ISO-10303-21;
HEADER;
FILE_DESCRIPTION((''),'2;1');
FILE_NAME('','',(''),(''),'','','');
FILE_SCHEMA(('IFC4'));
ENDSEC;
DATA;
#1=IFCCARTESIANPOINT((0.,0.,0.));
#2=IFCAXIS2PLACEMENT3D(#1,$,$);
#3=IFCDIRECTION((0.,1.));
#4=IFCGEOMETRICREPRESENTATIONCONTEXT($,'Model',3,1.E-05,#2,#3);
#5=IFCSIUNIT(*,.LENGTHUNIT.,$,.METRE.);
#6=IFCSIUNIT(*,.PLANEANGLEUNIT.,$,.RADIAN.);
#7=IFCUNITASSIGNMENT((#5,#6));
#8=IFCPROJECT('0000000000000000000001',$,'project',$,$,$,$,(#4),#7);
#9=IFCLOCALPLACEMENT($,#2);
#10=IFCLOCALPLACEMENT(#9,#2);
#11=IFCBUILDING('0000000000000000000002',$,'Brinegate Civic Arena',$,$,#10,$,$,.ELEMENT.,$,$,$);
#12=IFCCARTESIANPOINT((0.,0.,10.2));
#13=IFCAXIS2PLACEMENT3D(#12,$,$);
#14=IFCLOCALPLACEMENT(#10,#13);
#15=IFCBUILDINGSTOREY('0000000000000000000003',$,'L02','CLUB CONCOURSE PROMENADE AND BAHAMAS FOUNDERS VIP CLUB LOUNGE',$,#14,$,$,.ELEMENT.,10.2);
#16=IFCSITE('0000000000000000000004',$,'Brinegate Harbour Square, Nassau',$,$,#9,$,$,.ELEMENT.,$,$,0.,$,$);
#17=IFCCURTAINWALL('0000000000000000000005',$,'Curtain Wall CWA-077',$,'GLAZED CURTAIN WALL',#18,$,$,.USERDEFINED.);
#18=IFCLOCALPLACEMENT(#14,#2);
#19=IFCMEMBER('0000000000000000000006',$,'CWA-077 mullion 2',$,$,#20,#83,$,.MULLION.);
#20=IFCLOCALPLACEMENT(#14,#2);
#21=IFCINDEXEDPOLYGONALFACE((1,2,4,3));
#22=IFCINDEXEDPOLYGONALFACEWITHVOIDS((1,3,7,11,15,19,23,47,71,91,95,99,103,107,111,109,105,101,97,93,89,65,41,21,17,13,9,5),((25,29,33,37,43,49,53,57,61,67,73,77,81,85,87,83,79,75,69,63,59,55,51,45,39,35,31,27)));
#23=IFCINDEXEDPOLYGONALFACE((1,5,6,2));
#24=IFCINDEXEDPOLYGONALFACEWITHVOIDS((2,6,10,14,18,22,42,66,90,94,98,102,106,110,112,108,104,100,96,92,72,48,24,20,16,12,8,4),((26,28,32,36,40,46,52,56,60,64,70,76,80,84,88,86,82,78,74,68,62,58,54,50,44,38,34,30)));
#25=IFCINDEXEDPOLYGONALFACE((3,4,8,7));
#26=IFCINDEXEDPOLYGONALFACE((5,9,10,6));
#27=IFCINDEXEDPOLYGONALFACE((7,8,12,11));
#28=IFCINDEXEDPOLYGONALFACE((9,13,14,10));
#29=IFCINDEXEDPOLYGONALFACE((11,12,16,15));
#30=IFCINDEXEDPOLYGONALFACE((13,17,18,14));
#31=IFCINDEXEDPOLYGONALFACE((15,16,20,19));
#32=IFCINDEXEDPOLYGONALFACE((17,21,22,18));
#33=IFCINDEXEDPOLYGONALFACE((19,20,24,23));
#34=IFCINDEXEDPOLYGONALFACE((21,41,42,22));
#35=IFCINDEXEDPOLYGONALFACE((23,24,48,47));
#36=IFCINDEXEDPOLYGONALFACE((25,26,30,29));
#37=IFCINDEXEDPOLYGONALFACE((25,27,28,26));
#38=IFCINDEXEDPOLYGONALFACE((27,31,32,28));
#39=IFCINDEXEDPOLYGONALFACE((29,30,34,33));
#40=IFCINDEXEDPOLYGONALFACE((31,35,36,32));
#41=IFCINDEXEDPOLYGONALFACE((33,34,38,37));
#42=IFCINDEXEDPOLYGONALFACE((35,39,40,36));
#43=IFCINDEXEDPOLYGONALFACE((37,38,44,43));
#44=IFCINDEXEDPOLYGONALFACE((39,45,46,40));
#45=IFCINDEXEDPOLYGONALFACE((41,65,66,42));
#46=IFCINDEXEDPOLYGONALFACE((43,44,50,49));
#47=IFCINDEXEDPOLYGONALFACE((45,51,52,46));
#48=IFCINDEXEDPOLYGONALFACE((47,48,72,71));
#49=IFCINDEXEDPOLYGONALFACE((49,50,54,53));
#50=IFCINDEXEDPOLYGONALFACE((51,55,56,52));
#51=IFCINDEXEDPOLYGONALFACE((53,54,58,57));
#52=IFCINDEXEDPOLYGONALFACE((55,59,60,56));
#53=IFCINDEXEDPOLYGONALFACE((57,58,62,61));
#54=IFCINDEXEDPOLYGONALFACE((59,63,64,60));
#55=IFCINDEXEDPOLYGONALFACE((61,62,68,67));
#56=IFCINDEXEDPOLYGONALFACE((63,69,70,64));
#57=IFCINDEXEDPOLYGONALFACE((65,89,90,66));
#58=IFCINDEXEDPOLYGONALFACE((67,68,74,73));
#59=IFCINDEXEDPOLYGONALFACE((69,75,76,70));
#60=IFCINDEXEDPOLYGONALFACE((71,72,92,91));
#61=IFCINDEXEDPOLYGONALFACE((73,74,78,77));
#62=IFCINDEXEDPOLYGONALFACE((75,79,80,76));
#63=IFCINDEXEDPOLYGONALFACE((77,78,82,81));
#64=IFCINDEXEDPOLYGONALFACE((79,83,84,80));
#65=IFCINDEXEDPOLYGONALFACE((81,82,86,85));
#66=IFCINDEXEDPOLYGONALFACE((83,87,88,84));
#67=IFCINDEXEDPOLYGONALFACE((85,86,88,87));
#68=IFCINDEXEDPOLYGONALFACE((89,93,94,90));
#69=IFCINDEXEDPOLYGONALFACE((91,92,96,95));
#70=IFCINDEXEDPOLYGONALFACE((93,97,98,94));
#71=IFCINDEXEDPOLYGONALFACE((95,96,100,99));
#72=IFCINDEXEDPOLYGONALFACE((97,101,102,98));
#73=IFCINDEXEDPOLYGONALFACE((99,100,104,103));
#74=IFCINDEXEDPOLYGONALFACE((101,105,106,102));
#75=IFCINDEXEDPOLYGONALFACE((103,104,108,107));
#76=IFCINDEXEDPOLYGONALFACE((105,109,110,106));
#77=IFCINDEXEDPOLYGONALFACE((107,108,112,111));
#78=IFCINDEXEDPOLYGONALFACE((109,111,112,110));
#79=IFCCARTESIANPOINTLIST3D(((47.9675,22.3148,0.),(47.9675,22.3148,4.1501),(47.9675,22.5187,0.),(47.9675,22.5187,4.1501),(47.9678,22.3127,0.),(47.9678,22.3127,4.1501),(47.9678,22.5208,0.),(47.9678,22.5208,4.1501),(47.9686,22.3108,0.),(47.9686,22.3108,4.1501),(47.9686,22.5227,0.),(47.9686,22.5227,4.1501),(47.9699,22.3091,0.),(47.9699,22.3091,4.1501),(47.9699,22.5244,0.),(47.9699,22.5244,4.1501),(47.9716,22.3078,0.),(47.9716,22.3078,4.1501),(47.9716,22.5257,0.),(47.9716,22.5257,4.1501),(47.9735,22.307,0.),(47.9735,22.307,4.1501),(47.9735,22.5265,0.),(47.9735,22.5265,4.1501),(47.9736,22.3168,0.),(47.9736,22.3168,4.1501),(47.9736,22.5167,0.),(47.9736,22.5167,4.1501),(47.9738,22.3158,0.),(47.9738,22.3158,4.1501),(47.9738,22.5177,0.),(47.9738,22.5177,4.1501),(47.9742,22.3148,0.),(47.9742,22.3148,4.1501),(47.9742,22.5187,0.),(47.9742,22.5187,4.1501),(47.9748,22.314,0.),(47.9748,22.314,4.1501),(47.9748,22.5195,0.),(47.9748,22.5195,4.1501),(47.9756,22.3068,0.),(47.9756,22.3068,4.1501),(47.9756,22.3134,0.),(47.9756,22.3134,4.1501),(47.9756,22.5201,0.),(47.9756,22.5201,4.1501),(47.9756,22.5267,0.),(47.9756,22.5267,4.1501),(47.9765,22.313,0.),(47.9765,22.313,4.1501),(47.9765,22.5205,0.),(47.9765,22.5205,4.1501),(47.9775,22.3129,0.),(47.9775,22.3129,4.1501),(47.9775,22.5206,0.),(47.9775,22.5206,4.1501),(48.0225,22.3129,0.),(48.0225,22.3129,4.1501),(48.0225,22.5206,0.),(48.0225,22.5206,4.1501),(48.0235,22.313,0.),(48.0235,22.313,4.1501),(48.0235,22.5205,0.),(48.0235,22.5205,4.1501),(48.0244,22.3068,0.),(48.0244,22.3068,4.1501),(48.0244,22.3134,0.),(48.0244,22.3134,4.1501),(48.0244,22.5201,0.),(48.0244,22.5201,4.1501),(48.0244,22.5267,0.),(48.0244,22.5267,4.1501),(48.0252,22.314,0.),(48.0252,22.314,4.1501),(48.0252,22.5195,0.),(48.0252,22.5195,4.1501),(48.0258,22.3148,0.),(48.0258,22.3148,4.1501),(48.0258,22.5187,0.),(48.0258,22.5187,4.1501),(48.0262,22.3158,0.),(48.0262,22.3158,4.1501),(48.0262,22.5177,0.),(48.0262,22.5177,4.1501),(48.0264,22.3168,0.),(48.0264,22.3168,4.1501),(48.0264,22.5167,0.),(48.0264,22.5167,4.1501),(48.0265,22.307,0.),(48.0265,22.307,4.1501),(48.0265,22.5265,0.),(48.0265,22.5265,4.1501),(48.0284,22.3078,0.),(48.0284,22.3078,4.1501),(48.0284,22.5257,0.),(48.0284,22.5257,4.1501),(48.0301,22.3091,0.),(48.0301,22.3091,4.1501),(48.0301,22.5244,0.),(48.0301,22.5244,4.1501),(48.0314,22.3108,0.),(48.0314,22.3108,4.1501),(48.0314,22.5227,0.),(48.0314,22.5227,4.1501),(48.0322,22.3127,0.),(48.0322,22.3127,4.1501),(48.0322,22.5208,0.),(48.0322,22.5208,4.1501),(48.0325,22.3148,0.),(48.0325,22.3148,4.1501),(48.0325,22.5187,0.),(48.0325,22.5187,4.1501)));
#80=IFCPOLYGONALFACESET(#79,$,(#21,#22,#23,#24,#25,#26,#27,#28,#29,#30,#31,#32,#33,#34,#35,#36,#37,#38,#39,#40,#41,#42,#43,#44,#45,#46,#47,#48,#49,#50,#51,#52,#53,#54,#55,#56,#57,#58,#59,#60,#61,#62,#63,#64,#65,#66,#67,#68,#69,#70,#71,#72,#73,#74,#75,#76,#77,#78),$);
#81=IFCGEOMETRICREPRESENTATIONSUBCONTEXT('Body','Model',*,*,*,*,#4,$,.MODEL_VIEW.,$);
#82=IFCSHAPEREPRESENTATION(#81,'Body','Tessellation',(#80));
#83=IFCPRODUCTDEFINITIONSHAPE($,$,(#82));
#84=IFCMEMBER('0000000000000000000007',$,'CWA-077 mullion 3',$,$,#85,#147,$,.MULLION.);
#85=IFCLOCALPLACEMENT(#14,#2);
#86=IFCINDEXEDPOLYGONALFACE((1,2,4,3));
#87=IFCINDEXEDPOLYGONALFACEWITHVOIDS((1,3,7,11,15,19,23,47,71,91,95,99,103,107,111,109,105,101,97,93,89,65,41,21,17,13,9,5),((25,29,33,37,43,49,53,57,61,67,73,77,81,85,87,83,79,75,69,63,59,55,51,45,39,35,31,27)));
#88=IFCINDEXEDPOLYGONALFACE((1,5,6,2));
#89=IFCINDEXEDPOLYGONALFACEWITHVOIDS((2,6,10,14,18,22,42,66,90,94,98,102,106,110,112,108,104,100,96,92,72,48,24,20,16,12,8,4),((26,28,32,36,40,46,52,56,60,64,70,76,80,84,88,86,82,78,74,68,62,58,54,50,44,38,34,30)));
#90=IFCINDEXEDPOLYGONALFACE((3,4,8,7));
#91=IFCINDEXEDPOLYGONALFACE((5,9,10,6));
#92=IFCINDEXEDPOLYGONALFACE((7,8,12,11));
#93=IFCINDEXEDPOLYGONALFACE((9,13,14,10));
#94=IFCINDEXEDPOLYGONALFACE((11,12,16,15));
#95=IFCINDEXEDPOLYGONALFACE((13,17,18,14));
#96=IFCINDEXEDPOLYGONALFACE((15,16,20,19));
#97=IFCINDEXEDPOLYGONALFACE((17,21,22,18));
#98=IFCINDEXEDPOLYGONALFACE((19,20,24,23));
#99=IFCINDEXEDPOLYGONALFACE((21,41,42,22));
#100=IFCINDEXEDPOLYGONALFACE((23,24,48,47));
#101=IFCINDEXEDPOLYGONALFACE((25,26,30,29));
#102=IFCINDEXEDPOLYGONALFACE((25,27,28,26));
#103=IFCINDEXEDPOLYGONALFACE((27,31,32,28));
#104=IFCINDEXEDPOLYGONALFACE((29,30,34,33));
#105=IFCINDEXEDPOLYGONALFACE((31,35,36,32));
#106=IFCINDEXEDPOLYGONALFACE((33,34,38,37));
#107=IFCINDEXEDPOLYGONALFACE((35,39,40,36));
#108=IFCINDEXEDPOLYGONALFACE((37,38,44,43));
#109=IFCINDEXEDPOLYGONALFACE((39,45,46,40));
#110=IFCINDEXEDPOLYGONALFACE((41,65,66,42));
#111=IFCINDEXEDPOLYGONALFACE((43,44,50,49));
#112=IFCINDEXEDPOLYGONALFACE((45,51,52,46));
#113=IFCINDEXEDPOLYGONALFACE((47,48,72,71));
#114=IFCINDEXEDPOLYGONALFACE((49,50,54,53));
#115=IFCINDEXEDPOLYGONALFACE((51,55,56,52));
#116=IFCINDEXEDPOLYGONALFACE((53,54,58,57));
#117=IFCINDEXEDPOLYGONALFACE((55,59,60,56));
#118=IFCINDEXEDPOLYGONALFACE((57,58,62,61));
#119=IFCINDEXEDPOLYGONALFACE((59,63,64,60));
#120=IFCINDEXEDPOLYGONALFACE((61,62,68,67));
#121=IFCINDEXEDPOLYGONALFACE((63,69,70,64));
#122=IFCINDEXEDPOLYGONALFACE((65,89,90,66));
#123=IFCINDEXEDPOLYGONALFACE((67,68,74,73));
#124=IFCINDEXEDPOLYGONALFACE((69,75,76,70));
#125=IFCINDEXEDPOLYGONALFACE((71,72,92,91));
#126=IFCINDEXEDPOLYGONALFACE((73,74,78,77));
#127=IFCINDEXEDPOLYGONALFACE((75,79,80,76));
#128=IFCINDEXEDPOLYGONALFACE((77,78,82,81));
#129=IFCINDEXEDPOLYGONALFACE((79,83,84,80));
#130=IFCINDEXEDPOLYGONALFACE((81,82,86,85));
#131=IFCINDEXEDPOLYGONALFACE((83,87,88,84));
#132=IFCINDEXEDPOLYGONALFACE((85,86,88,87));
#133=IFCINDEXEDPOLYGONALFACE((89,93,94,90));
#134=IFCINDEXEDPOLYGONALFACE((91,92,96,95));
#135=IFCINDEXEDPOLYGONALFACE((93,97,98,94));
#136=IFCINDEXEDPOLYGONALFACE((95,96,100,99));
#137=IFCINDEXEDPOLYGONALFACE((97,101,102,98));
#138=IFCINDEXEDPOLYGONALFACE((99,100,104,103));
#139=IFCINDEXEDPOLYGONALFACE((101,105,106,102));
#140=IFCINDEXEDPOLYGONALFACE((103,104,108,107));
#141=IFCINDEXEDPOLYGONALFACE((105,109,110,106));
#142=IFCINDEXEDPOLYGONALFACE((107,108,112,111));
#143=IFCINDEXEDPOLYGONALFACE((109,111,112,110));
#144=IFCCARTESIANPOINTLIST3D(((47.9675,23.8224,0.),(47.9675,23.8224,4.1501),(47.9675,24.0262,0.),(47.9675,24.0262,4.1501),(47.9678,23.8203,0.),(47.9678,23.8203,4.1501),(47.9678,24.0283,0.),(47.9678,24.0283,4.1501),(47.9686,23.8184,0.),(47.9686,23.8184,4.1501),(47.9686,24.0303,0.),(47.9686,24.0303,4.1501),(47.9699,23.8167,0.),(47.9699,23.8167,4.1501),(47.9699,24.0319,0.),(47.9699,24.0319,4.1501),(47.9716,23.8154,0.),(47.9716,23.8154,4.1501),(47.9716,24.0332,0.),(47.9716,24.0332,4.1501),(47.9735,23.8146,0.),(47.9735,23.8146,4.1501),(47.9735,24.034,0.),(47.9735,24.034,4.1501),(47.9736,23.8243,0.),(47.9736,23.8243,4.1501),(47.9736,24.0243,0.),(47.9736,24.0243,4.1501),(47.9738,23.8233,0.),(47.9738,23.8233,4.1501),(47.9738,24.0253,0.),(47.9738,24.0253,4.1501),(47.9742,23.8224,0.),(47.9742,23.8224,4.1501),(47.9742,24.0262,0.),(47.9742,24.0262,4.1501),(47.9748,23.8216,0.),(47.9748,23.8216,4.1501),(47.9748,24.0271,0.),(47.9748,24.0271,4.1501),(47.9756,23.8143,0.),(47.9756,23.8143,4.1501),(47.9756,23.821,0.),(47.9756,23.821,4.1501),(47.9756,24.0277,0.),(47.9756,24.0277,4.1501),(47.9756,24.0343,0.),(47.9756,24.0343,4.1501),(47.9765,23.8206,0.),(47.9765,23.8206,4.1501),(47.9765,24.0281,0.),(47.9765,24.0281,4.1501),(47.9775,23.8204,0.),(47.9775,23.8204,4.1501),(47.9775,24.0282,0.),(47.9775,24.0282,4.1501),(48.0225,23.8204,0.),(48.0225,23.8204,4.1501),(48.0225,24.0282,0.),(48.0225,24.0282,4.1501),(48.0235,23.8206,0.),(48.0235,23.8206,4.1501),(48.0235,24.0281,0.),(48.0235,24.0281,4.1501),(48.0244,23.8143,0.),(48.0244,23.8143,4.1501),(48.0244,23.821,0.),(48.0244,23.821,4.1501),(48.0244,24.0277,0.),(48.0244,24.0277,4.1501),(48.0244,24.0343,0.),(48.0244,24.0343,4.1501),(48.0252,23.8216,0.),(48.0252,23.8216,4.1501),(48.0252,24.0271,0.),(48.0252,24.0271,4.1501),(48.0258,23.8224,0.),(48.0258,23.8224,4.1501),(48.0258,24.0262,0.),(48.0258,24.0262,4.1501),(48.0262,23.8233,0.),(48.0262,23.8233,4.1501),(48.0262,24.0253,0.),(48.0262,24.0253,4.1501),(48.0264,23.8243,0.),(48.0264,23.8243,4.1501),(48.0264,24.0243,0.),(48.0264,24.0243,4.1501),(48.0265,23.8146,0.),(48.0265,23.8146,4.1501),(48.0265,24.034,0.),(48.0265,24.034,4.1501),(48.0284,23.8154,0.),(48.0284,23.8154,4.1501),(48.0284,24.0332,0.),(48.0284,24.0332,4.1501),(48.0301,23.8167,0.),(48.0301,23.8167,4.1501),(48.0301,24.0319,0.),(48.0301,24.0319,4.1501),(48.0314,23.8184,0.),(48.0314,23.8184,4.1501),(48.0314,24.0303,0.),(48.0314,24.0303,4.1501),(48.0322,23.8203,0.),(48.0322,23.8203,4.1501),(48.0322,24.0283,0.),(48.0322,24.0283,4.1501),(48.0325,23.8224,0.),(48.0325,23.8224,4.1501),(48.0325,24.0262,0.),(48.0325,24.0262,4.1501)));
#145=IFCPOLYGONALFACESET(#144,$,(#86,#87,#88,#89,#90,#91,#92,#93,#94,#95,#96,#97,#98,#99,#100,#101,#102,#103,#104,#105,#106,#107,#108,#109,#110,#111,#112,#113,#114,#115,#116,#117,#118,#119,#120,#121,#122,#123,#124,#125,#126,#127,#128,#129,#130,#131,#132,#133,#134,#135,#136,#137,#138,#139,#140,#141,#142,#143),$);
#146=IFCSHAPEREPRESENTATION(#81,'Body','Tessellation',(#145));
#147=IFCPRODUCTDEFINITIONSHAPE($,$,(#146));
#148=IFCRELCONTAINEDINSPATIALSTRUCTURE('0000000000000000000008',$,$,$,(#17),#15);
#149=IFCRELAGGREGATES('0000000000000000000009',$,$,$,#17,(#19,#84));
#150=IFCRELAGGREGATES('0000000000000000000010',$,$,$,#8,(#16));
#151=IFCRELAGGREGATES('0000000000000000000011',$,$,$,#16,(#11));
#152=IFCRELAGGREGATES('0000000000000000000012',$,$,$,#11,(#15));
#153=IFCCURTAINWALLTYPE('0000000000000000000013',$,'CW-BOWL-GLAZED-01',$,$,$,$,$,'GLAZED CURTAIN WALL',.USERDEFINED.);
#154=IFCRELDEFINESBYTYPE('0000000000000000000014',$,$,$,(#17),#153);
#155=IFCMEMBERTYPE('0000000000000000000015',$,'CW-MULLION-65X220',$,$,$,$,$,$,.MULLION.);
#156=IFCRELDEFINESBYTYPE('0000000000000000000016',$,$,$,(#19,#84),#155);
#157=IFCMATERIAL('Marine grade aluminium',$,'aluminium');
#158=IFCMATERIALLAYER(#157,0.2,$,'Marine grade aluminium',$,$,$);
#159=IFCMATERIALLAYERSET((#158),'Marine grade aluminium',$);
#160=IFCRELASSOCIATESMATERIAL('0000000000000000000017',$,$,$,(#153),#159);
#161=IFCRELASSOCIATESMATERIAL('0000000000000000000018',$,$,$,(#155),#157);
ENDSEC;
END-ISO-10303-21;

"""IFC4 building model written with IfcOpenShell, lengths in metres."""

from ifc_helpers import new_model, si_unit, direction, frame, origin, origin_2d, place, context, subcontext, project, spatial, hollow_rectangle, extrude, material, layer, layer_set, material_profile, profile_set, type_object, element, aggregate, save


model = new_model("IFC4")

# Units and contexts
model_context = context("Model", 3, precision=1e-05, world=origin(), true_north=direction((0.0, 1.0)))
body_context = subcontext(model_context, "Body", "Model", "MODEL_VIEW")
ifc_project = project(units=[si_unit("LENGTHUNIT", "METRE"), si_unit("PLANEANGLEUNIT", "RADIAN")], contexts=[model_context])

# Site, building, storey
site_placement = place(None, origin())
site = spatial("IfcSite", under=ifc_project, at=site_placement, Name="Brinegate Harbour Square, Nassau", CompositionType="ELEMENT", RefElevation=0.0)
building_placement = place(site_placement, origin())
building = spatial("IfcBuilding", under=site, at=building_placement, Name="Brinegate Civic Arena", CompositionType="ELEMENT")
storey_placement = place(building_placement, frame((0.0, 0.0, 10.2)))
storey = spatial("IfcBuildingStorey", under=building, at=storey_placement, Name="L02", Description="CLUB CONCOURSE PROMENADE AND BAHAMAS FOUNDERS VIP CLUB LOUNGE", CompositionType="ELEMENT", Elevation=10.2)

# Curtain wall, members
ifc_material_1 = material(Name="Marine grade aluminium", Category="aluminium")
ifc_layer_1 = layer(ifc_material_1, 0.2, Name="Marine grade aluminium")
ifc_layer_set_1 = layer_set([ifc_layer_1], Name="Marine grade aluminium")
curtain_wall_type = type_object("IfcCurtainWallType", Name="CW-BOWL-GLAZED-01", ElementType="GLAZED CURTAIN WALL", PredefinedType="USERDEFINED", material=ifc_layer_set_1)
curtain_wall_1_placement = place(storey_placement, origin())
curtain_wall_1 = element("IfcCurtainWall", 1, at=curtain_wall_1_placement, inside=storey, type_object=curtain_wall_type, Name="Curtain Wall CWA-077", ObjectType="GLAZED CURTAIN WALL", PredefinedType="USERDEFINED")
ifc_material_profile_1 = material_profile(ifc_material_1, hollow_rectangle(XDim=0.0649, YDim=0.22, WallThickness=0.0061, InnerFilletRadius=0.0039, OuterFilletRadius=0.0081, at=origin_2d()), Name="MUL65X220")
ifc_profile_set_1 = profile_set([ifc_material_profile_1], Name="Marine grade aluminium")
member_type_1 = type_object("IfcMemberType", Name="CW-MULLION-65X220", PredefinedType="MULLION", material=ifc_profile_set_1)
member_1_placement = place(storey_placement, frame((48.0, 22.4167, 0.0), z_axis=(0.0, 0.0, 1.0), x_axis=(-1.0, 0.0, 0.0)))
member_1 = element("IfcMember", 2, at=member_1_placement, type_object=member_type_1, Name="CWA-077 mullion 2", PredefinedType="MULLION", context=body_context, shape_type="SweptSolid", body=[
    extrude(hollow_rectangle(XDim=0.0649, YDim=0.22, WallThickness=0.0061, InnerFilletRadius=0.0039, OuterFilletRadius=0.0081, at=origin_2d()), origin(), (0.0, 0.0, 1.0), 4.1501),
])
member_2_placement = place(storey_placement, frame((48.0, 23.9243, 0.0), z_axis=(0.0, 0.0, 1.0), x_axis=(-1.0, 0.0, 0.0)))
member_2 = element("IfcMember", 3, at=member_2_placement, type_object=member_type_1, Name="CWA-077 mullion 3", PredefinedType="MULLION", context=body_context, shape_type="SweptSolid", body=[
    extrude(hollow_rectangle(XDim=0.0649, YDim=0.22, WallThickness=0.0061, InnerFilletRadius=0.0039, OuterFilletRadius=0.0081, at=origin_2d()), origin(), (0.0, 0.0, 1.0), 4.1501),
])

aggregate(curtain_wall_1, [member_1, member_2])

save(model, "model.ifc")
